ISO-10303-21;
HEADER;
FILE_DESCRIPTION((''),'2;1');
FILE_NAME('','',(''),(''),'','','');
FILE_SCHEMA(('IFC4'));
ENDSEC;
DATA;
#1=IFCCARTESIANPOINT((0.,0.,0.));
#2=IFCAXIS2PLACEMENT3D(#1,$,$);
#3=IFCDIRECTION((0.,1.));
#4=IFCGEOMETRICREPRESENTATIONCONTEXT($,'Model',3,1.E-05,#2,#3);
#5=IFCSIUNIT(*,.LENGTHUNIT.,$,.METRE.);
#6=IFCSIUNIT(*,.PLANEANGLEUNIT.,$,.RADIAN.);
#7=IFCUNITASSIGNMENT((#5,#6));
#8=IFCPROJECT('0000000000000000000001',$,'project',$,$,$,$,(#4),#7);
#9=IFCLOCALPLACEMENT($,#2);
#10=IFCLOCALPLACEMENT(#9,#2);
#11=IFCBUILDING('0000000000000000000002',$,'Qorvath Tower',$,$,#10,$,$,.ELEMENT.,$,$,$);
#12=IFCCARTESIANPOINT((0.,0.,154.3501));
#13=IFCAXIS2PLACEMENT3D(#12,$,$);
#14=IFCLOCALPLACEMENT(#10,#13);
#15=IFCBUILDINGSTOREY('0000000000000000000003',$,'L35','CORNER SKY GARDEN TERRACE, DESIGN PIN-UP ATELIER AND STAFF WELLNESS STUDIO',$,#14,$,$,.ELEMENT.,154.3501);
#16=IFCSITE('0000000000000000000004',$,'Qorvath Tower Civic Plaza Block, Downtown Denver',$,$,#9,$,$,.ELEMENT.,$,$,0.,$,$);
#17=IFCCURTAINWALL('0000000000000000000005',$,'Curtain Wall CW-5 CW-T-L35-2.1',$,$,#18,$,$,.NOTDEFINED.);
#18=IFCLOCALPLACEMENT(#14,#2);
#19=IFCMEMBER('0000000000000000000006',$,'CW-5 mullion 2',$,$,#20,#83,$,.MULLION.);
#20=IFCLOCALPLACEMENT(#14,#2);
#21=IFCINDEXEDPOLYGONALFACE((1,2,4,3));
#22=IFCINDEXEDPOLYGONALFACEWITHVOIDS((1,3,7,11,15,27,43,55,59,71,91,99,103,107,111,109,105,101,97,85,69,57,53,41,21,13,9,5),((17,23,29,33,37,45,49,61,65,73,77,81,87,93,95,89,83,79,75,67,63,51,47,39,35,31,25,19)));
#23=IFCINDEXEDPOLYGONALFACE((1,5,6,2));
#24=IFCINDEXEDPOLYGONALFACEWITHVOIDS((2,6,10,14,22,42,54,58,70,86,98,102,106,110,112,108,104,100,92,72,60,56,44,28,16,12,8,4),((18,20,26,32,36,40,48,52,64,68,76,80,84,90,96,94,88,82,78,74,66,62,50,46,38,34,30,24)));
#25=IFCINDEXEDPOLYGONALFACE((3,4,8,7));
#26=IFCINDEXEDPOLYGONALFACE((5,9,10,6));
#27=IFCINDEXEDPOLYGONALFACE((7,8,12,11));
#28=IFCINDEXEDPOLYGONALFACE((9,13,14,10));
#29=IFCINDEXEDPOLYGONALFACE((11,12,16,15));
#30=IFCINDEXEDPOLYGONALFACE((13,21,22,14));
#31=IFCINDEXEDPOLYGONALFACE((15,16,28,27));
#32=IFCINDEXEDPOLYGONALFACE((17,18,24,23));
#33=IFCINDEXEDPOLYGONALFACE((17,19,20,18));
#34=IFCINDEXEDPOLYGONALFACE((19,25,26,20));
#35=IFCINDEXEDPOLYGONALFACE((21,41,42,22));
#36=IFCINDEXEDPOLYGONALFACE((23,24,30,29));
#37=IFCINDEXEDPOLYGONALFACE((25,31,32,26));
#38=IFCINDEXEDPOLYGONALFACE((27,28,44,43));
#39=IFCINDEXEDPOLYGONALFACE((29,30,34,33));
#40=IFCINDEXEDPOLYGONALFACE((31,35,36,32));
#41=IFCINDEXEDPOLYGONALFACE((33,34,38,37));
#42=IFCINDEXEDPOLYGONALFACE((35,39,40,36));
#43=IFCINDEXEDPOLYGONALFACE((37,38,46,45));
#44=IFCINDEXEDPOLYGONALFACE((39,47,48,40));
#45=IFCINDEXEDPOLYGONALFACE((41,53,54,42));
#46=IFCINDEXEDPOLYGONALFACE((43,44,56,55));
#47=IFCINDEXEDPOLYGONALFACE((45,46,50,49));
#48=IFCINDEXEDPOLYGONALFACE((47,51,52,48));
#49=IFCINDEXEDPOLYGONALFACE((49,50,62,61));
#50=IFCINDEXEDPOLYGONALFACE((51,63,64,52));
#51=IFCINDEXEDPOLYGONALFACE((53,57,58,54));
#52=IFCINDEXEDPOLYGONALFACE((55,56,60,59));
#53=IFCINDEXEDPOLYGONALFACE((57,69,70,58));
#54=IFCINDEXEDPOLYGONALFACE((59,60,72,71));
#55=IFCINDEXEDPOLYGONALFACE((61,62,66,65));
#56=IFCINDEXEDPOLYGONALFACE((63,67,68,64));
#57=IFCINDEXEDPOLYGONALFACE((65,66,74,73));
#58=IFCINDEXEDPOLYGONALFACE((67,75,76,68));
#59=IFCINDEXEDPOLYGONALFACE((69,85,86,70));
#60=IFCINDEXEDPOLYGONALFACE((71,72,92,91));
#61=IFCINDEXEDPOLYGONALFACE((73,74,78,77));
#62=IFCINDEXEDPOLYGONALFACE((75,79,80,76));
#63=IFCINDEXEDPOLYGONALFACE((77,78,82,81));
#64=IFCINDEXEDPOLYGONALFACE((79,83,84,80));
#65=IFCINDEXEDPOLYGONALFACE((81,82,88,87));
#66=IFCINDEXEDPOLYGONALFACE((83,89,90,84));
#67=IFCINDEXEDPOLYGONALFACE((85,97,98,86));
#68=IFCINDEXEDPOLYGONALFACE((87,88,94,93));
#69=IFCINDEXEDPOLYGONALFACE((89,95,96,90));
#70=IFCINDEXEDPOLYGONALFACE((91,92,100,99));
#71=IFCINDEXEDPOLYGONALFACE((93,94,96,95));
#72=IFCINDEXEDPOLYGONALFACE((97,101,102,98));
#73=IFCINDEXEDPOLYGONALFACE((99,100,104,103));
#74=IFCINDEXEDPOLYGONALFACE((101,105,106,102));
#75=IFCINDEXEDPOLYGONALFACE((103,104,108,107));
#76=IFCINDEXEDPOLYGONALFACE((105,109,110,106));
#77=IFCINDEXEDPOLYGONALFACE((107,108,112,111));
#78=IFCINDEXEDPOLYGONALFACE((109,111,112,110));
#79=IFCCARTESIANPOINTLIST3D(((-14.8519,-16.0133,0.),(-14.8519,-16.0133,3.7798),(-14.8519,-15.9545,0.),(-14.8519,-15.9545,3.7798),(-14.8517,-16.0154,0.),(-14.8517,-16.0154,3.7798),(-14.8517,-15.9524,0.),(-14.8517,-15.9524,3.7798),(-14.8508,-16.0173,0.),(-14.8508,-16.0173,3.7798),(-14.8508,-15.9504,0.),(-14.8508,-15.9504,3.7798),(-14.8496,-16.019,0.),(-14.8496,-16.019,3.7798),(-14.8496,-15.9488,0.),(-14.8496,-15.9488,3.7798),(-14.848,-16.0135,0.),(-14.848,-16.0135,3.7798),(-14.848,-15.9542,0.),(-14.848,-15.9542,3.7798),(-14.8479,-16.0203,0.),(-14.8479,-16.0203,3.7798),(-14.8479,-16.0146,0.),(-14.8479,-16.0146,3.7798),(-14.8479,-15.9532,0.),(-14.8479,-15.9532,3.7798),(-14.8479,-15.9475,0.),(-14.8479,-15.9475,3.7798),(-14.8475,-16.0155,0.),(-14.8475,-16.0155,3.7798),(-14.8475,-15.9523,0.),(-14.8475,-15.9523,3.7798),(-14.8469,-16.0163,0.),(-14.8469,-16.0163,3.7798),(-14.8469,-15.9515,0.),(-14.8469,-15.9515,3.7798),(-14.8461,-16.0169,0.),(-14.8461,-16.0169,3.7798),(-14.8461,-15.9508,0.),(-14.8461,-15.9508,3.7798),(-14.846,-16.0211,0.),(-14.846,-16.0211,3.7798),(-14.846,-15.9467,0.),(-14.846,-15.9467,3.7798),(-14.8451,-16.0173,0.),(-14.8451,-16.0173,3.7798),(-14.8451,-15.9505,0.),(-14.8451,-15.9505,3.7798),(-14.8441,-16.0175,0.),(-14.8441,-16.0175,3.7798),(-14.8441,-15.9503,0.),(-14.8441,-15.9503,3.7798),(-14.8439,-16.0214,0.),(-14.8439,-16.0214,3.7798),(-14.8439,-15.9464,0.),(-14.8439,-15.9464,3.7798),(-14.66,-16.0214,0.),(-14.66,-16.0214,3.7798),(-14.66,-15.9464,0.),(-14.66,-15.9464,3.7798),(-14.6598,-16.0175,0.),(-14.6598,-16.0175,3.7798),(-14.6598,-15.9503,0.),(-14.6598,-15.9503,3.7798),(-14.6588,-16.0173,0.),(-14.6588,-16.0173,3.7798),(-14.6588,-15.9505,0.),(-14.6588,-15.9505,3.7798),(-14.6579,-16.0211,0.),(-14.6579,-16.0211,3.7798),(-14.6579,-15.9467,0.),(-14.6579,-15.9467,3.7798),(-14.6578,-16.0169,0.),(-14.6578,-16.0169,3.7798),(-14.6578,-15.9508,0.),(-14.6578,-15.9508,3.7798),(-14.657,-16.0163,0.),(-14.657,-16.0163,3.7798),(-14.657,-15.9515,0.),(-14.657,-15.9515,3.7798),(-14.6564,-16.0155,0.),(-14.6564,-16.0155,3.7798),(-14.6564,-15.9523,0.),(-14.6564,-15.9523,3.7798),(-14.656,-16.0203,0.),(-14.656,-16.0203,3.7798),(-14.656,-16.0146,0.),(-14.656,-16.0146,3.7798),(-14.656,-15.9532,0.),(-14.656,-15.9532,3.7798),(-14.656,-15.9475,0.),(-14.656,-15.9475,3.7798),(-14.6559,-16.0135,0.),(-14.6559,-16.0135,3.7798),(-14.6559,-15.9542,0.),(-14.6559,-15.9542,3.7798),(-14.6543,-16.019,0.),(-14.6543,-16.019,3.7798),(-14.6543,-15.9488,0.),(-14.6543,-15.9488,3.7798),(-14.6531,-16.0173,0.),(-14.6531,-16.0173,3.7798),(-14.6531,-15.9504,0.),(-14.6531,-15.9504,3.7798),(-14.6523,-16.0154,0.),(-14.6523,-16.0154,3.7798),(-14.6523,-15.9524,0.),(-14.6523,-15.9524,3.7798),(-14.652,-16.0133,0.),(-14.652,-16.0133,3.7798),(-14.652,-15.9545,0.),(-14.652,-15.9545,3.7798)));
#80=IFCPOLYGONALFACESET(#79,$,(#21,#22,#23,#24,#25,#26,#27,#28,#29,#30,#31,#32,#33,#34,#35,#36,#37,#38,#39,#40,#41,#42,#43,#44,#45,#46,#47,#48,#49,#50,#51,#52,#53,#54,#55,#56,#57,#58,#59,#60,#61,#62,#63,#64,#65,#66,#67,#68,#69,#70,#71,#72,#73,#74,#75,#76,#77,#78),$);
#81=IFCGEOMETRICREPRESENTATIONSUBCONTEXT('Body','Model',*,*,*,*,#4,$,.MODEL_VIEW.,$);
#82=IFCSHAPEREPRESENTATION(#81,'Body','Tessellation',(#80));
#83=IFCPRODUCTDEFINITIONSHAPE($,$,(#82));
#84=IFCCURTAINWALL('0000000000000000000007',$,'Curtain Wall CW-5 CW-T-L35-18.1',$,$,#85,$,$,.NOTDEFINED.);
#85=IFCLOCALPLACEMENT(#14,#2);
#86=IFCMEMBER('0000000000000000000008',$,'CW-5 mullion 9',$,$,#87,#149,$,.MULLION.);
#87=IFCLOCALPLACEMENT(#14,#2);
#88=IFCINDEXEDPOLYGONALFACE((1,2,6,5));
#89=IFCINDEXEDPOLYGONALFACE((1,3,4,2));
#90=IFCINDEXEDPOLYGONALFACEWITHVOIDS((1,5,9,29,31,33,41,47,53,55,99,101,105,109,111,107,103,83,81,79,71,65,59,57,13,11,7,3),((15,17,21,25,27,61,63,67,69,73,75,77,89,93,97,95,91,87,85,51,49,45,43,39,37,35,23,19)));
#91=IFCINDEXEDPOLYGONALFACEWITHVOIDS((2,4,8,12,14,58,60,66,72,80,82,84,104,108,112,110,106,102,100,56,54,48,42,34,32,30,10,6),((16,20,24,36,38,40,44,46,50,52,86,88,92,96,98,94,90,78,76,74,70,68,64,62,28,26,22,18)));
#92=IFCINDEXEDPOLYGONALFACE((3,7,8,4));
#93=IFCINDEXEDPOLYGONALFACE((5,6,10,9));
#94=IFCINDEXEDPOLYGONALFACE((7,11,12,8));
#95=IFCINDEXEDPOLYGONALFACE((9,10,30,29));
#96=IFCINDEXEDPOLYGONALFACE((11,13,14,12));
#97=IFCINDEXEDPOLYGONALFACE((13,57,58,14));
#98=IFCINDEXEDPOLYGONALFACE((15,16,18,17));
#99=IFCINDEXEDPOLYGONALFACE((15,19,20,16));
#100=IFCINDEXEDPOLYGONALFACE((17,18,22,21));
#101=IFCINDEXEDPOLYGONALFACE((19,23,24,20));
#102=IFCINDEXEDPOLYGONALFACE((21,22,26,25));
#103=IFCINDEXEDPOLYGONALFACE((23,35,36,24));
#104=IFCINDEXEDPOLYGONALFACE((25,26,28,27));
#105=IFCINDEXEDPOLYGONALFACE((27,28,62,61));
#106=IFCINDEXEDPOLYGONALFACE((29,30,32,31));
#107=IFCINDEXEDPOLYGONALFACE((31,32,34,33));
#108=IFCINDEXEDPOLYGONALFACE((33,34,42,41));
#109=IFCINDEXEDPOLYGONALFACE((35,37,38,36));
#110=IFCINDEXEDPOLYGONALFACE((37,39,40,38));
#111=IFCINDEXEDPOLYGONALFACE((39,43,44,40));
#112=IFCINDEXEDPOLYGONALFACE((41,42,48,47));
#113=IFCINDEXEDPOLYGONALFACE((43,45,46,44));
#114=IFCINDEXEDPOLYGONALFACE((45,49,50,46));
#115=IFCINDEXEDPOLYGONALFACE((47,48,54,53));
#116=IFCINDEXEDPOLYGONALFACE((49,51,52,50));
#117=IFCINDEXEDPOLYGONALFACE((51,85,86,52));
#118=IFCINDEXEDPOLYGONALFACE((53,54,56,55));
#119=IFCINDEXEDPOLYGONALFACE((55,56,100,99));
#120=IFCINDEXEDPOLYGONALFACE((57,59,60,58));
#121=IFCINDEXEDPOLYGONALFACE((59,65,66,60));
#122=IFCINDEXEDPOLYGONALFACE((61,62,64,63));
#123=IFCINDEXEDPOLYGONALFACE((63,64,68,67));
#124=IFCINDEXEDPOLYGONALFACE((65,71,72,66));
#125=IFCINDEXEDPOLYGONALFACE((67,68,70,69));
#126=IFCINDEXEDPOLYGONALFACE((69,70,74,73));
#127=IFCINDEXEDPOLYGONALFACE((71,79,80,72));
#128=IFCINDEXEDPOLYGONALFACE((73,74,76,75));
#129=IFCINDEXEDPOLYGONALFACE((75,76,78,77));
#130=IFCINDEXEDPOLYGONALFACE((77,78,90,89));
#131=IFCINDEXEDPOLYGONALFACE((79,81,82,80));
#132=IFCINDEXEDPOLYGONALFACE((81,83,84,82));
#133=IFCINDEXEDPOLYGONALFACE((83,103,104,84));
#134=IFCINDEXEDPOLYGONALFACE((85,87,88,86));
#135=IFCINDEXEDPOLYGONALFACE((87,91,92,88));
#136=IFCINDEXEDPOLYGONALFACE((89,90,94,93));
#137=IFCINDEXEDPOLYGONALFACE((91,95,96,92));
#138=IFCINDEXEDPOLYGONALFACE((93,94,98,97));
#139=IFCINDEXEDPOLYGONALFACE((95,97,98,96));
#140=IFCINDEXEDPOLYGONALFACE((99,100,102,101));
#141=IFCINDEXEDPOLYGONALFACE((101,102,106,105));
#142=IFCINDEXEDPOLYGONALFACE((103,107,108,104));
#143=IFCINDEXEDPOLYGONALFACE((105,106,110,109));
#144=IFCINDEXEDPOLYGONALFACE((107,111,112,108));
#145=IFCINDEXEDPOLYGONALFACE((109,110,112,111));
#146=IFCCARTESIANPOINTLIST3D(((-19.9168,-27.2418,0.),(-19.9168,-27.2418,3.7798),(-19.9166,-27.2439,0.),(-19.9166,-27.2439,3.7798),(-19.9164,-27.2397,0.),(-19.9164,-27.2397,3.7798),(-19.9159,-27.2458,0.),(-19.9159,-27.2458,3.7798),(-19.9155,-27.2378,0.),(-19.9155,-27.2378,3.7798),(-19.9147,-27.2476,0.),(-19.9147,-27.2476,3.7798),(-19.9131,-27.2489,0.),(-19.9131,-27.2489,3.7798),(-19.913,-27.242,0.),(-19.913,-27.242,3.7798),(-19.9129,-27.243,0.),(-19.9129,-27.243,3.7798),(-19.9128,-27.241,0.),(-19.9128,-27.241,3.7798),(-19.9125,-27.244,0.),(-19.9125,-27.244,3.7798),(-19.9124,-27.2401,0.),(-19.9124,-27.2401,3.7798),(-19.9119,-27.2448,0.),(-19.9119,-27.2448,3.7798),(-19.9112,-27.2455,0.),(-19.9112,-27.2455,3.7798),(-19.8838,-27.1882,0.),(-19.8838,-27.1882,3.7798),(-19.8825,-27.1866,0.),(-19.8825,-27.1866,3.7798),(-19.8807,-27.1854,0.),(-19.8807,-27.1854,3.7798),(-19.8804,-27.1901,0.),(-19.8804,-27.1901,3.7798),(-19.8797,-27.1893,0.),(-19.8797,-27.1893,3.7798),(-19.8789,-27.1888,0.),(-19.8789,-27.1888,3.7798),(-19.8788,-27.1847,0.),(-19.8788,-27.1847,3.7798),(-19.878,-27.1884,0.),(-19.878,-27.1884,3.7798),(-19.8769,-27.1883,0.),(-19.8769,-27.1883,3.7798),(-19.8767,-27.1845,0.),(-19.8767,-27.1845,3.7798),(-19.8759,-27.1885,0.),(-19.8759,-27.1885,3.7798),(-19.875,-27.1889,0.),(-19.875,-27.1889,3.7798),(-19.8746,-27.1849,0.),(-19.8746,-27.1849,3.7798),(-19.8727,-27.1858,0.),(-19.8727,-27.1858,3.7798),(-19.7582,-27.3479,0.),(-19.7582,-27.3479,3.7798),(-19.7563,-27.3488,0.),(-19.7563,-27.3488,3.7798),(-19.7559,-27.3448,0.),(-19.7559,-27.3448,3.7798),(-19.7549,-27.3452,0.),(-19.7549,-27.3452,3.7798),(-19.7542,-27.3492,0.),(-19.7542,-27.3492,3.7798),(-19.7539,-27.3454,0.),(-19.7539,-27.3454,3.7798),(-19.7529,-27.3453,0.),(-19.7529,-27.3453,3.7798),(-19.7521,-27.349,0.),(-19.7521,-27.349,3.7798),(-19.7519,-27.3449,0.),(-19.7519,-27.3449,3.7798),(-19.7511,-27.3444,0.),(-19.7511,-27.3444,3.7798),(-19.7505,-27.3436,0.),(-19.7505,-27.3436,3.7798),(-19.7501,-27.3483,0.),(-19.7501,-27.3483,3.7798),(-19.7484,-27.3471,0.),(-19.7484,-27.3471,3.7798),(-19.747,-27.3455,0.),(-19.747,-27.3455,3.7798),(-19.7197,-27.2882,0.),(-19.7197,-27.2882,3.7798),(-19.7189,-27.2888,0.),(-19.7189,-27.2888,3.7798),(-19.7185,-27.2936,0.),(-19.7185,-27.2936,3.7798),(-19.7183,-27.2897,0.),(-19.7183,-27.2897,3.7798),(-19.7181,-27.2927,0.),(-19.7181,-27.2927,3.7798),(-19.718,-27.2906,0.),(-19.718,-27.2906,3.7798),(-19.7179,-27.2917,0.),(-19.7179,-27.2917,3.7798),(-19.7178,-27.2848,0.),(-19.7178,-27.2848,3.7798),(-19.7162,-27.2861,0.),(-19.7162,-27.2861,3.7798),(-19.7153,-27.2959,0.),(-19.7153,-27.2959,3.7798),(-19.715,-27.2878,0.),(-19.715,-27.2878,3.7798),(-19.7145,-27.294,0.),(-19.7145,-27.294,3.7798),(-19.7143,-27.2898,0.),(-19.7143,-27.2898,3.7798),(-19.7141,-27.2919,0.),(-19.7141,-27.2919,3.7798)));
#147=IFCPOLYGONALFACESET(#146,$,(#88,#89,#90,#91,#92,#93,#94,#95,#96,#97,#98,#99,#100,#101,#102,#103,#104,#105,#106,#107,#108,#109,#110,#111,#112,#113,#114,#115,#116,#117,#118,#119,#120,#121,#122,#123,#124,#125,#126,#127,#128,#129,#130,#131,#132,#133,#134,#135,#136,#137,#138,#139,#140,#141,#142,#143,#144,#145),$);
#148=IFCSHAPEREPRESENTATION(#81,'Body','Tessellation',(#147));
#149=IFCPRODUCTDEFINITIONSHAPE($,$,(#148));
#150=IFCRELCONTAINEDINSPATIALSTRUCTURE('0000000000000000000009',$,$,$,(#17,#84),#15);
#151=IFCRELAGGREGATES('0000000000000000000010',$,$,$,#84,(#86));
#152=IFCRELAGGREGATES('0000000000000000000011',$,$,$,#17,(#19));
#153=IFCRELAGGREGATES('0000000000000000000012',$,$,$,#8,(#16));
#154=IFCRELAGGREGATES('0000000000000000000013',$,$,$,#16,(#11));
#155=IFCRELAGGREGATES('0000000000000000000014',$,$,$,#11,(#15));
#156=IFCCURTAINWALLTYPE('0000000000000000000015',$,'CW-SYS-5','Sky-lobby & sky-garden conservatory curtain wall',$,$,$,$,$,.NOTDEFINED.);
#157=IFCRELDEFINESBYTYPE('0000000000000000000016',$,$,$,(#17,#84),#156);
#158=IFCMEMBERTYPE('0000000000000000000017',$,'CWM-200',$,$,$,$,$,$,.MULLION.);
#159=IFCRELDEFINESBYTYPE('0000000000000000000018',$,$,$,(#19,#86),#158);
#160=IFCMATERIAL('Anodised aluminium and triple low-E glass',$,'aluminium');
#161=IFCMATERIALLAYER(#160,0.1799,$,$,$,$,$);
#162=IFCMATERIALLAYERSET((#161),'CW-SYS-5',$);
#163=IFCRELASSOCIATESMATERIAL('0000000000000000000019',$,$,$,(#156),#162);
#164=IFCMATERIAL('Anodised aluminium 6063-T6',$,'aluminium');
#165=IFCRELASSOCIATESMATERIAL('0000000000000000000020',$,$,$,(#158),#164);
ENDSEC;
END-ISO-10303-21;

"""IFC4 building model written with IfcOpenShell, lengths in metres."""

from ifc_helpers import new_model, si_unit, direction, frame, origin, origin_2d, place, context, subcontext, project, spatial, hollow_rectangle, extrude, material, layer, layer_set, material_profile, profile_set, type_object, element, aggregate, save


model = new_model("IFC4")

# Units and contexts
model_context = context("Model", 3, precision=1e-05, world=origin(), true_north=direction((0.0, 1.0)))
body_context = subcontext(model_context, "Body", "Model", "MODEL_VIEW")
ifc_project = project(units=[si_unit("LENGTHUNIT", "METRE"), si_unit("PLANEANGLEUNIT", "RADIAN")], contexts=[model_context])

# Site, building, storey
site_placement = place(None, origin())
site = spatial("IfcSite", under=ifc_project, at=site_placement, Name="Qorvath Tower Civic Plaza Block, Downtown Denver", CompositionType="ELEMENT", RefElevation=0.0)
building_placement = place(site_placement, origin())
building = spatial("IfcBuilding", under=site, at=building_placement, Name="Qorvath Tower", CompositionType="ELEMENT")
storey_placement = place(building_placement, frame((0.0, 0.0, 154.3501)))
storey = spatial("IfcBuildingStorey", under=building, at=storey_placement, Name="L35", Description="CORNER SKY GARDEN TERRACE, DESIGN PIN-UP ATELIER AND STAFF WELLNESS STUDIO", CompositionType="ELEMENT", Elevation=154.3501)

# Curtain wall, member
ifc_material_1 = material(Name="Anodised aluminium and triple low-E glass", Category="aluminium")
ifc_layer_1 = layer(ifc_material_1, 0.1799)
ifc_layer_set_1 = layer_set([ifc_layer_1], Name="CW-SYS-5")
curtain_wall_type = type_object("IfcCurtainWallType", Name="CW-SYS-5", Description="Sky-lobby & sky-garden conservatory curtain wall", PredefinedType="NOTDEFINED", material=ifc_layer_set_1)
curtain_wall_1_placement = place(storey_placement, origin())
curtain_wall_1 = element("IfcCurtainWall", 1, at=curtain_wall_1_placement, inside=storey, type_object=curtain_wall_type, Name="Curtain Wall CW-5 CW-T-L35-2.1", PredefinedType="NOTDEFINED")
ifc_material_2 = material(Name="Anodised aluminium 6063-T6", Category="aluminium")
ifc_material_profile_1 = material_profile(ifc_material_2, hollow_rectangle(XDim=0.075, YDim=0.2, WallThickness=0.0039, InnerFilletRadius=0.0039, OuterFilletRadius=0.0081, at=origin_2d()), Name="CWM 200x75")
ifc_profile_set_1 = profile_set([ifc_material_profile_1], Name="Anodised aluminium 6063-T6")
member_type_1 = type_object("IfcMemberType", Name="CWM-200", PredefinedType="MULLION", material=ifc_profile_set_1)
member_1_placement = place(storey_placement, frame((-14.752, -15.9839, 0.0), z_axis=(0.0, 0.0, 1.0), x_axis=(0.0, 1.0, 0.0)))
member_1 = element("IfcMember", 2, at=member_1_placement, type_object=member_type_1, Name="CW-5 mullion 2", PredefinedType="MULLION", context=body_context, shape_type="SweptSolid", body=[
    extrude(hollow_rectangle(XDim=0.075, YDim=0.2, WallThickness=0.0039, InnerFilletRadius=0.0039, OuterFilletRadius=0.0081, at=origin_2d()), origin(), (0.0, 0.0, 1.0), 3.7798),
])

# Curtain wall, member
curtain_wall_2_placement = place(storey_placement, origin())
curtain_wall_2 = element("IfcCurtainWall", 3, at=curtain_wall_2_placement, inside=storey, type_object=curtain_wall_type, Name="Curtain Wall CW-5 CW-T-L35-18.1", PredefinedType="NOTDEFINED")
member_2_placement = place(storey_placement, frame((-19.8154, -27.2668, 0.0), z_axis=(0.0, 0.0, 1.0), x_axis=(0.538536, 0.842602, 0.0)))
member_2 = element("IfcMember", 4, at=member_2_placement, type_object=member_type_1, Name="CW-5 mullion 9", PredefinedType="MULLION", context=body_context, shape_type="SweptSolid", body=[
    extrude(hollow_rectangle(XDim=0.075, YDim=0.2, WallThickness=0.0039, InnerFilletRadius=0.0039, OuterFilletRadius=0.0081, at=origin_2d()), origin(), (0.0, 0.0, 1.0), 3.7798),
])
aggregate(curtain_wall_2, [member_2])

aggregate(curtain_wall_1, [member_1])

save(model, "model.ifc")
